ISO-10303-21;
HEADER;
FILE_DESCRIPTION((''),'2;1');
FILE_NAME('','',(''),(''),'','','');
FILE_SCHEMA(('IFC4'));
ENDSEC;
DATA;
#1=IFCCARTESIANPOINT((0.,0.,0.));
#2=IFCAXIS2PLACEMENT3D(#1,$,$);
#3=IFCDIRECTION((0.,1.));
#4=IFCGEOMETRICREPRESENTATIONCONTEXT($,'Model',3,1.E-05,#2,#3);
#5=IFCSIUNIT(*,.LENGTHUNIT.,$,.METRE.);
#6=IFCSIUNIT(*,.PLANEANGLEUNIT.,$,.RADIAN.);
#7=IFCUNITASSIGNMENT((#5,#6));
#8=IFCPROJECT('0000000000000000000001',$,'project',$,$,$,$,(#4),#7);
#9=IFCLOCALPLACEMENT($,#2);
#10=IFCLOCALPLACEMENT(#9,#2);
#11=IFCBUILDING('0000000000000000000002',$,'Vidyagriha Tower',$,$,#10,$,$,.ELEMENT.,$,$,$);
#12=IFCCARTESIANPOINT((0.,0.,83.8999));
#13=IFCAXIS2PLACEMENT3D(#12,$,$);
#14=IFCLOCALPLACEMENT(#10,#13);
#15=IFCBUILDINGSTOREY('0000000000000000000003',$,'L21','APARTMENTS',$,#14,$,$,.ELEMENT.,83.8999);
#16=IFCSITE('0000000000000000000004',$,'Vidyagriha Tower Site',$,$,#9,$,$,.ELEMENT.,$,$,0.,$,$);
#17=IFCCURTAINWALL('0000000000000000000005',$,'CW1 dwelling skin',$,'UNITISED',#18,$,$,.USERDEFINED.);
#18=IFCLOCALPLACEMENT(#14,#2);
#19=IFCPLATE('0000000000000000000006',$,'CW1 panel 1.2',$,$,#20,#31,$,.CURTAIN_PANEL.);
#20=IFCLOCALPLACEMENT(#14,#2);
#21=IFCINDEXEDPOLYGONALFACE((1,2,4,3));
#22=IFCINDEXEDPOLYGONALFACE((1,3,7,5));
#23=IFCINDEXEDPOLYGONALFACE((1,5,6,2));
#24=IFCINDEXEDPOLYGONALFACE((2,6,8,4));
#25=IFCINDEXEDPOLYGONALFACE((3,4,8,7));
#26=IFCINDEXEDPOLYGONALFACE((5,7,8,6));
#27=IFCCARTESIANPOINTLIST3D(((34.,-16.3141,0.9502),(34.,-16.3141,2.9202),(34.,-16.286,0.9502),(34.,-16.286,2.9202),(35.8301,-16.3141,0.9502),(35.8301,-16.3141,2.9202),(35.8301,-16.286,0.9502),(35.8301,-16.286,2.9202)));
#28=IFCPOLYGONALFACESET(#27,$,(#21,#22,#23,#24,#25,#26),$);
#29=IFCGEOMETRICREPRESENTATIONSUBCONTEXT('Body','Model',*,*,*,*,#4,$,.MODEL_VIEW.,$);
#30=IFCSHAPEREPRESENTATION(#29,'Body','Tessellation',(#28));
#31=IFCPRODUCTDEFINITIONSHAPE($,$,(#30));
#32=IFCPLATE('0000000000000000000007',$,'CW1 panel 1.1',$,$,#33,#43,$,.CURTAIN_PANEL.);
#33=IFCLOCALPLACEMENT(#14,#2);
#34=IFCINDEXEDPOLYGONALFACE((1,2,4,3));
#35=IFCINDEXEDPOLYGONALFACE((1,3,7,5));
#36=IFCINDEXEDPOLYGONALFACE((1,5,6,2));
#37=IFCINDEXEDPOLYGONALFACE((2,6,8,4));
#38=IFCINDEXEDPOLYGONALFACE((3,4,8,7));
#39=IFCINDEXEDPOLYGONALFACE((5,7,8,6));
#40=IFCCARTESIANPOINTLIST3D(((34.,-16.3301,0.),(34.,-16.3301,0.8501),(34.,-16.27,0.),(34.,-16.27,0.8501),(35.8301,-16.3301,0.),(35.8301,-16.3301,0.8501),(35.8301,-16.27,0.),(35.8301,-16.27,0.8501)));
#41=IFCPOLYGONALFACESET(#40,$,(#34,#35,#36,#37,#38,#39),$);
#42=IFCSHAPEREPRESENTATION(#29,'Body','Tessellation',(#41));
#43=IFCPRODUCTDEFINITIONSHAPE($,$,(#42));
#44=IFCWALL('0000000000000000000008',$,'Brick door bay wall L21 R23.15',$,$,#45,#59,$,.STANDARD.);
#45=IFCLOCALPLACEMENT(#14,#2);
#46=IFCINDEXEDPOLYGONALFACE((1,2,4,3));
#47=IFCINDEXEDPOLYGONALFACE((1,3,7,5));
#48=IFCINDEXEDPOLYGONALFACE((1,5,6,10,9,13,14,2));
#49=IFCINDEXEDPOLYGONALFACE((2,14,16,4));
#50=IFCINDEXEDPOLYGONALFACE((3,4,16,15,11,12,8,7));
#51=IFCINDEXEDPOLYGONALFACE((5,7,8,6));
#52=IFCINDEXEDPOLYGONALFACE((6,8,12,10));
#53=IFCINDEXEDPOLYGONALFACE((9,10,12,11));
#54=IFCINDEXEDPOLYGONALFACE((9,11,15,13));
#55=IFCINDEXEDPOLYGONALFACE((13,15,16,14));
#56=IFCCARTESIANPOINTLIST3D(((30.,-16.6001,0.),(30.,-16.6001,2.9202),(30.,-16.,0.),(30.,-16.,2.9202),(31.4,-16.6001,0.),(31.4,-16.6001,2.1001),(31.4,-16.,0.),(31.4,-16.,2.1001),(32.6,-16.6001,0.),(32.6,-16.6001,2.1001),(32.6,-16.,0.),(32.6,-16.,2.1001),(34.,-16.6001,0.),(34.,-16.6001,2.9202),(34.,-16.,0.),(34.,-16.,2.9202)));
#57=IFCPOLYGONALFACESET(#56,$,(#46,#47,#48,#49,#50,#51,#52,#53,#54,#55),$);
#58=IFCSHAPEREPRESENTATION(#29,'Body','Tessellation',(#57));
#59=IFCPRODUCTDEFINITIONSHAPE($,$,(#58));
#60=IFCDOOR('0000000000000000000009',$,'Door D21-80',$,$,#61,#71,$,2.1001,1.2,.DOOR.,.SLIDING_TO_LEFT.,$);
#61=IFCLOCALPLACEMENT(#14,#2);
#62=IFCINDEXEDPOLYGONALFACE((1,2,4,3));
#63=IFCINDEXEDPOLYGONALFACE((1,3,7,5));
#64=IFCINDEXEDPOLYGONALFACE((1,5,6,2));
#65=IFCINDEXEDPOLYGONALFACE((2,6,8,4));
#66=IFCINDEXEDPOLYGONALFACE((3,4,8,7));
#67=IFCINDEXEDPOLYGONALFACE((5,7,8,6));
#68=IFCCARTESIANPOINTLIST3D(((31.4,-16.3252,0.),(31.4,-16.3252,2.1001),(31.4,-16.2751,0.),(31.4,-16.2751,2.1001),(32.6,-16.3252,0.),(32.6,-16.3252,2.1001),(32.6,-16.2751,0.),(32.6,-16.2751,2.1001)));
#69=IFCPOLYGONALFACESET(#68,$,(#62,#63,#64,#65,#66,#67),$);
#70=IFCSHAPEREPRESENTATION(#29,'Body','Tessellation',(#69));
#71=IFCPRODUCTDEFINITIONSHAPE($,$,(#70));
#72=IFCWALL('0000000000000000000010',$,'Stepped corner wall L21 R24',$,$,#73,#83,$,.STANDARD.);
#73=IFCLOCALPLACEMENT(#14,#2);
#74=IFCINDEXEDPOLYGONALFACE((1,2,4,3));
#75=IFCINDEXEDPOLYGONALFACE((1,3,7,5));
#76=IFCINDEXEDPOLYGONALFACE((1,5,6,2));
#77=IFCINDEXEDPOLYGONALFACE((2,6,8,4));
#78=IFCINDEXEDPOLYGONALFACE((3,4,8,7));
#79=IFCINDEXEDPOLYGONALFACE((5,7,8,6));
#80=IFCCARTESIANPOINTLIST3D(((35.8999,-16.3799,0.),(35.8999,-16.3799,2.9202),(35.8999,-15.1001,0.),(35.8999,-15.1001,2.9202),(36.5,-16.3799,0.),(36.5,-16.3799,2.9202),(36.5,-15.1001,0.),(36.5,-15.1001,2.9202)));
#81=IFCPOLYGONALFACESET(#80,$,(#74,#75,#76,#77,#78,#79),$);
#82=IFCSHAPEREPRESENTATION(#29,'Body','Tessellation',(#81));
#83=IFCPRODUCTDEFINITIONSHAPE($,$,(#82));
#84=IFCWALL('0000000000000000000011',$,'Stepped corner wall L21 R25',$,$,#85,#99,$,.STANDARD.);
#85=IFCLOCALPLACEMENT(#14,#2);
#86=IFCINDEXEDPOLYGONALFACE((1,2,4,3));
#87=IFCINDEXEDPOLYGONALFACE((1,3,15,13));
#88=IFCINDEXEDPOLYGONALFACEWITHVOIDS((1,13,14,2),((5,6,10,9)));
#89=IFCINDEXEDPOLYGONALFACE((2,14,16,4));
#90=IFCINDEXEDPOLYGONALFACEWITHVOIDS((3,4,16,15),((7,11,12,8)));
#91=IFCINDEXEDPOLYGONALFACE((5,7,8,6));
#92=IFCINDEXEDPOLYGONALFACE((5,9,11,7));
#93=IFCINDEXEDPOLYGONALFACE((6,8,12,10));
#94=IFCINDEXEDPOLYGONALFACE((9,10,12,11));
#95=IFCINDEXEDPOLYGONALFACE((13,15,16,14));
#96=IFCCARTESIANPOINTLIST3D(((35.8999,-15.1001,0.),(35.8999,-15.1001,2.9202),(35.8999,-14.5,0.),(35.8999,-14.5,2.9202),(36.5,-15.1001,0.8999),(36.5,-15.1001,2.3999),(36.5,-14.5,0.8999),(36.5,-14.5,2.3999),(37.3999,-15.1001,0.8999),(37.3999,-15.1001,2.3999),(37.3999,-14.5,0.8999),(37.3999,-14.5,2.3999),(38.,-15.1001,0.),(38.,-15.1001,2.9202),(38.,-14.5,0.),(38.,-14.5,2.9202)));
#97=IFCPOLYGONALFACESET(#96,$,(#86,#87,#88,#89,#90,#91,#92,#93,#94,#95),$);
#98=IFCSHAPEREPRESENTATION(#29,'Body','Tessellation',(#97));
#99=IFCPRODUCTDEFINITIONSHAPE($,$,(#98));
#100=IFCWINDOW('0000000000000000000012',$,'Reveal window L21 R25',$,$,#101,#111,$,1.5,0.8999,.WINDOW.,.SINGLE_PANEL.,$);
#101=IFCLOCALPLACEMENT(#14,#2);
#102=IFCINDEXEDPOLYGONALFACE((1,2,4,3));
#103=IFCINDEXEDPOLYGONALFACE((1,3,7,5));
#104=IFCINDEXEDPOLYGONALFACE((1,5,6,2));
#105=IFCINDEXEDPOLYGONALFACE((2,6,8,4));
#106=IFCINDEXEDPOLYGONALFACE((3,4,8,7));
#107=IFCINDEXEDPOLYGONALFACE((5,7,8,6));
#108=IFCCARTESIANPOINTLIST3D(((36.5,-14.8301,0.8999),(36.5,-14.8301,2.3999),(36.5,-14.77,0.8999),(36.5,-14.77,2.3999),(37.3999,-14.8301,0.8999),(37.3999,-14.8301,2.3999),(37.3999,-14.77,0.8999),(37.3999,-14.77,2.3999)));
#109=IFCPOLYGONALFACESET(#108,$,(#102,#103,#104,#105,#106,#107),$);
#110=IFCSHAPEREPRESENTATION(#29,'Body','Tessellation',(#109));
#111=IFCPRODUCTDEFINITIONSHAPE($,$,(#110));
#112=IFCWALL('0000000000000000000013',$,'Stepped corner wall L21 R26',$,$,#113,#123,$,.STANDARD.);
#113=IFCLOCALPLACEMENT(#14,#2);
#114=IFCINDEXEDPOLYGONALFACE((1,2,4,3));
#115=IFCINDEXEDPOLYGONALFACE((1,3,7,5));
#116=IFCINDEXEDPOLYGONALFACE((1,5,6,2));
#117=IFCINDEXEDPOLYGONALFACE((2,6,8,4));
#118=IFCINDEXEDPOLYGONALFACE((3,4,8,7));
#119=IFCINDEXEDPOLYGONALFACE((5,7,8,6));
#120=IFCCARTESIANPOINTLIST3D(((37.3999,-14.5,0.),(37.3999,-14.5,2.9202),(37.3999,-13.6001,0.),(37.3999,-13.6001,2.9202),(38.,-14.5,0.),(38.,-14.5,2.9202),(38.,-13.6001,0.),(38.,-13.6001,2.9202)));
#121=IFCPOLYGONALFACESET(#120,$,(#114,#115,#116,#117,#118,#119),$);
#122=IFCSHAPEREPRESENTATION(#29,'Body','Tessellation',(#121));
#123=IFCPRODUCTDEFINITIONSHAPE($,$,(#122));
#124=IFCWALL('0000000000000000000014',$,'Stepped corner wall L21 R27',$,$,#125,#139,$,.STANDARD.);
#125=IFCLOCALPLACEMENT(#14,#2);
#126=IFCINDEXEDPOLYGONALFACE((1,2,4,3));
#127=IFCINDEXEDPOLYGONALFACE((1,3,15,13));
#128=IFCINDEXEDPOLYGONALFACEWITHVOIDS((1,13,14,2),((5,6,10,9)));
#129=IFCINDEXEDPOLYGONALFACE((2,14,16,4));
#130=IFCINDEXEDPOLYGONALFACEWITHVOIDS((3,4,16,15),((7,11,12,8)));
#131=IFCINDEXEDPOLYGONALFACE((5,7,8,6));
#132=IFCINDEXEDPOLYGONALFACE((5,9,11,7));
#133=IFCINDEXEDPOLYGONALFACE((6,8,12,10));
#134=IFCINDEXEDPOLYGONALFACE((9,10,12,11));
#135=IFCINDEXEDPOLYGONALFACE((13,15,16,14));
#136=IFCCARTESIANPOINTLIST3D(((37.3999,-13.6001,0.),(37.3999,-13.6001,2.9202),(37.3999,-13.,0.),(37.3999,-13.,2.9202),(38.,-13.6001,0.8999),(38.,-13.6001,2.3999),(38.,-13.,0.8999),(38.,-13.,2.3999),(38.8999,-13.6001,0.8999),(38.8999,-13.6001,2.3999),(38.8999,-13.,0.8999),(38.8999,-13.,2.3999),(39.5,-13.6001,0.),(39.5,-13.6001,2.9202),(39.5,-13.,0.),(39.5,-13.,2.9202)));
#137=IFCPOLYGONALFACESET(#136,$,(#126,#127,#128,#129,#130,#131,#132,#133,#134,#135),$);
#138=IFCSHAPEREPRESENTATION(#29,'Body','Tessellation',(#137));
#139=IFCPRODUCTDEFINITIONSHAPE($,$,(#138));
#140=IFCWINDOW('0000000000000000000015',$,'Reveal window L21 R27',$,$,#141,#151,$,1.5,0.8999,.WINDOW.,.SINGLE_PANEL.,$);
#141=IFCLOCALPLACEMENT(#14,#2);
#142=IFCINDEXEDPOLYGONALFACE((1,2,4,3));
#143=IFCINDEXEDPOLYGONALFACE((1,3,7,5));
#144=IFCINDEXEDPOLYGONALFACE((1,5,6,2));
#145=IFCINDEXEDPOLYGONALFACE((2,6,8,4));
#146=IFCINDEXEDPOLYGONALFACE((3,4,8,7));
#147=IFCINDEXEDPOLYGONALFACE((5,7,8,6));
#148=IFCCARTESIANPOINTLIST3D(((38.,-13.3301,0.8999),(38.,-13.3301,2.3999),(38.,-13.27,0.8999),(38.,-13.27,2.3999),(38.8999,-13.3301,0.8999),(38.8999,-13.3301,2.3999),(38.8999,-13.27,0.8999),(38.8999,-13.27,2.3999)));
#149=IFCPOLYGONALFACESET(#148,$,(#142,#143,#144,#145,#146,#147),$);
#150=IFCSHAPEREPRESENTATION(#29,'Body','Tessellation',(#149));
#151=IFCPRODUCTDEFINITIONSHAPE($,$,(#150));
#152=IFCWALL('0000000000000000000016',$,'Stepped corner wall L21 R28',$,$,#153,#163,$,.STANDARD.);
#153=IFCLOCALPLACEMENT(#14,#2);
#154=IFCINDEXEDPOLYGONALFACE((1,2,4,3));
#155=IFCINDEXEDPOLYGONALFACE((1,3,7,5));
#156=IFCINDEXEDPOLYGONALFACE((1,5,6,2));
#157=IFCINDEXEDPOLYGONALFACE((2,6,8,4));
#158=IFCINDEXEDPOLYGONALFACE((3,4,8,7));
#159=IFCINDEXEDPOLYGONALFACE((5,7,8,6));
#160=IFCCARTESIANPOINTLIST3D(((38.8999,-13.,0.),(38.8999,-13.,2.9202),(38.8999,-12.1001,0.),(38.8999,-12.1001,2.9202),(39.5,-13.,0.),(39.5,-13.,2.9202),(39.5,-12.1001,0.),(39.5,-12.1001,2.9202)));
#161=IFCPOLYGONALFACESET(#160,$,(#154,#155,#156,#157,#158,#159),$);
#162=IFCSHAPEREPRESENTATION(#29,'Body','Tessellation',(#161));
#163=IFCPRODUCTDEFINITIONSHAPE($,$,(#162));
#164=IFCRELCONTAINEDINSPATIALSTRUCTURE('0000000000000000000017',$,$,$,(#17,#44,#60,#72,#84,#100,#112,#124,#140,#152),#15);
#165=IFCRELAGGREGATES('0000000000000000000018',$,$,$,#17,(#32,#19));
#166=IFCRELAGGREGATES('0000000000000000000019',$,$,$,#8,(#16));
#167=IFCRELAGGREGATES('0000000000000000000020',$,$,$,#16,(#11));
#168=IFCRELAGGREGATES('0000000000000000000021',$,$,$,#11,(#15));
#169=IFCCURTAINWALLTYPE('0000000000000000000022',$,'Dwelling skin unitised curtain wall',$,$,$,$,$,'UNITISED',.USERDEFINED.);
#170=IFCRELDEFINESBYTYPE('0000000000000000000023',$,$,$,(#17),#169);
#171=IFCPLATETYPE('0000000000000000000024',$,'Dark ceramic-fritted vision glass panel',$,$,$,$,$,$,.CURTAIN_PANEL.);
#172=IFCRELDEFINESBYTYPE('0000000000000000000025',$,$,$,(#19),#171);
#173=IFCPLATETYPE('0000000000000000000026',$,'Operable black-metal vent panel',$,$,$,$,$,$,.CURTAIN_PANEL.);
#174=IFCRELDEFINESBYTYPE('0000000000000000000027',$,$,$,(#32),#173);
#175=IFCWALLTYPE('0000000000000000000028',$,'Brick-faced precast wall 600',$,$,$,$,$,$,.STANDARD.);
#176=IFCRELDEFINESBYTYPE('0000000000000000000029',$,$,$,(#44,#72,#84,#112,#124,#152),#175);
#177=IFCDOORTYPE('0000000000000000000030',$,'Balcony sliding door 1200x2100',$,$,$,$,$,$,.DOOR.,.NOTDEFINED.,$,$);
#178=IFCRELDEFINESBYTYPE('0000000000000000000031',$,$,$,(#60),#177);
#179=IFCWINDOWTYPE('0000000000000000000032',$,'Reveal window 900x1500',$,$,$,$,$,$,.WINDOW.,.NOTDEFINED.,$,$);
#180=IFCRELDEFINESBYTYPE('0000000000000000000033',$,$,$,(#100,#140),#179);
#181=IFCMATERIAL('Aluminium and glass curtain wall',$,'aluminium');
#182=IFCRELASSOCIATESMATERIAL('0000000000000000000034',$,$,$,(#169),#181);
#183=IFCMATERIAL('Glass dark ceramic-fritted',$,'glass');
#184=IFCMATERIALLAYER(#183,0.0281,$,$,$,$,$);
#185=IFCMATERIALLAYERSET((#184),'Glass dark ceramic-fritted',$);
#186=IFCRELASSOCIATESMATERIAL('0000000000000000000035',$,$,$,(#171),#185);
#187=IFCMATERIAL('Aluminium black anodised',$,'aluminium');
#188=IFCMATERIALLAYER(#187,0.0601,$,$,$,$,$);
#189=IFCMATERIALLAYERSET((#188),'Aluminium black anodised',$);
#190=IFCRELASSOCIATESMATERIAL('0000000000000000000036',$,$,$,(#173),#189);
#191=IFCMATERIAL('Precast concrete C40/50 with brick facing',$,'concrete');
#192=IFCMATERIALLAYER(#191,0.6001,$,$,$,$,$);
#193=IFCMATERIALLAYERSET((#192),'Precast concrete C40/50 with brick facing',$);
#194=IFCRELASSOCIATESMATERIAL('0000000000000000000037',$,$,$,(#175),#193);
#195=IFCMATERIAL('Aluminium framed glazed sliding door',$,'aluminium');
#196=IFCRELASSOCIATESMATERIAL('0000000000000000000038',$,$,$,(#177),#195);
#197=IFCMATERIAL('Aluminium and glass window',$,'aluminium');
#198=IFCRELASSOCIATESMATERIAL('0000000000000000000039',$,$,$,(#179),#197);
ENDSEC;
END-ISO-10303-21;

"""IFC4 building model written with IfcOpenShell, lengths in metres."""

from ifc_helpers import new_model, si_unit, direction, frame, frame_2d, origin, origin_2d, place, context, subcontext, project, spatial, rectangle, extrude, material, layer, layer_set, type_object, element, fill, aggregate, save


model = new_model("IFC4")

# Units and contexts
model_context = context("Model", 3, precision=1e-05, world=origin(), true_north=direction((0.0, 1.0)))
body_context = subcontext(model_context, "Body", "Model", "MODEL_VIEW")
ifc_project = project(units=[si_unit("LENGTHUNIT", "METRE"), si_unit("PLANEANGLEUNIT", "RADIAN")], contexts=[model_context])

# Site, building, storey
site_placement = place(None, origin())
site = spatial("IfcSite", under=ifc_project, at=site_placement, Name="Vidyagriha Tower Site", CompositionType="ELEMENT", RefElevation=0.0)
building_placement = place(site_placement, origin())
building = spatial("IfcBuilding", under=site, at=building_placement, Name="Vidyagriha Tower", CompositionType="ELEMENT")
storey_placement = place(building_placement, frame((0.0, 0.0, 83.8999)))
storey = spatial("IfcBuildingStorey", under=building, at=storey_placement, Name="L21", Description="APARTMENTS", CompositionType="ELEMENT", Elevation=83.8999)

# Curtain wall
ifc_material_1 = material(Name="Aluminium and glass curtain wall", Category="aluminium")
curtain_wall_type = type_object("IfcCurtainWallType", Name="Dwelling skin unitised curtain wall", ElementType="UNITISED", PredefinedType="USERDEFINED", material=ifc_material_1)
curtain_wall_1_placement = place(storey_placement, origin())
curtain_wall_1 = element("IfcCurtainWall", 1, at=curtain_wall_1_placement, inside=storey, type_object=curtain_wall_type, Name="CW1 dwelling skin", ObjectType="UNITISED", PredefinedType="USERDEFINED")

# Shared definitions
ifc_material_2 = material(Name="Glass dark ceramic-fritted", Category="glass")
ifc_layer_1 = layer(ifc_material_2, 0.0281)
ifc_layer_set_1 = layer_set([ifc_layer_1], Name="Glass dark ceramic-fritted")
plate_type_1 = type_object("IfcPlateType", Name="Dark ceramic-fritted vision glass panel", PredefinedType="CURTAIN_PANEL", material=ifc_layer_set_1)

# Plates
plate_1_placement = place(storey_placement, frame((34.915, -16.3, 0.9502)))
plate_1 = element("IfcPlate", 2, at=plate_1_placement, type_object=plate_type_1, Name="CW1 panel 1.2", PredefinedType="CURTAIN_PANEL", context=body_context, shape_type="SweptSolid", body=[
    extrude(rectangle(XDim=1.8301, YDim=0.0281, at=origin_2d()), origin(), (0.0, 0.0, 1.0), 1.97),
])
ifc_material_3 = material(Name="Aluminium black anodised", Category="aluminium")
ifc_layer_2 = layer(ifc_material_3, 0.0601)
ifc_layer_set_2 = layer_set([ifc_layer_2], Name="Aluminium black anodised")
plate_type_2 = type_object("IfcPlateType", Name="Operable black-metal vent panel", PredefinedType="CURTAIN_PANEL", material=ifc_layer_set_2)
plate_2_placement = place(storey_placement, frame((34.915, -16.3, 0.0)))
plate_2 = element("IfcPlate", 3, at=plate_2_placement, type_object=plate_type_2, Name="CW1 panel 1.1", PredefinedType="CURTAIN_PANEL", context=body_context, shape_type="SweptSolid", body=[
    extrude(rectangle(XDim=1.8301, YDim=0.0601, at=origin_2d()), origin(), (0.0, 0.0, 1.0), 0.8501),
])
aggregate(curtain_wall_1, [plate_2, plate_1])

# Wall, opening, door
ifc_material_4 = material(Name="Precast concrete C40/50 with brick facing", Category="concrete")
ifc_layer_3 = layer(ifc_material_4, 0.6001)
ifc_layer_set_3 = layer_set([ifc_layer_3], Name="Precast concrete C40/50 with brick facing")
wall_type = type_object("IfcWallType", Name="Brick-faced precast wall 600", PredefinedType="STANDARD", material=ifc_layer_set_3)
wall_1_placement = place(storey_placement, frame((30.0, -16.3, 0.0)))
wall_1 = element("IfcWall", 4, at=wall_1_placement, inside=storey, type_object=wall_type, Name="Brick door bay wall L21 R23.15", PredefinedType="STANDARD", context=body_context, shape_type="SweptSolid", body=[
    extrude(rectangle(XDim=4.0, YDim=0.6001, at=frame_2d((2.0, 0.0))), origin(), (0.0, 0.0, 1.0), 2.9202),
])
opening_1_placement = place(wall_1_placement, frame((1.3999, 0.0, 0.0)))
opening_1 = element("IfcOpeningElement", 5, at=opening_1_placement, cuts=wall_1, PredefinedType="OPENING", context=body_context, shape_type="SweptSolid", body=[
    extrude(rectangle(XDim=1.2, YDim=2.1001, at=frame_2d((0.6001, 1.05))), frame((0.0, 0.3101, 0.0), z_axis=(0.0, -1.0, 0.0), x_axis=(1.0, 0.0, 0.0)), (0.0, 0.0, 1.0), 0.6201),
])
ifc_material_5 = material(Name="Aluminium framed glazed sliding door", Category="aluminium")
door_type = type_object("IfcDoorType", Name="Balcony sliding door 1200x2100", OperationType="NOTDEFINED", PredefinedType="DOOR", material=ifc_material_5)
door_placement = place(opening_1_placement, origin())
door = element("IfcDoor", 6, at=door_placement, inside=storey, type_object=door_type, Name="Door D21-80", OperationType="SLIDING_TO_LEFT", OverallHeight=2.1001, OverallWidth=1.2, PredefinedType="DOOR", context=body_context, shape_type="SweptSolid", body=[
    extrude(rectangle(XDim=1.2, YDim=2.1001, at=frame_2d((0.6001, 1.05))), frame((0.0, 0.0249, 0.0), z_axis=(0.0, -1.0, 0.0), x_axis=(1.0, 0.0, 0.0)), (0.0, 0.0, 1.0), 0.05),
])
fill(opening_1, door)

# Wall
wall_2_placement = place(storey_placement, frame((36.2, -16.3799, 0.0), z_axis=(0.0, 0.0, 1.0), x_axis=(0.0, 1.0, 0.0)))
element("IfcWall", 7, at=wall_2_placement, inside=storey, type_object=wall_type, Name="Stepped corner wall L21 R24", PredefinedType="STANDARD", context=body_context, shape_type="SweptSolid", body=[
    extrude(rectangle(XDim=1.2798, YDim=0.6001, at=frame_2d((0.6399, 0.0))), origin(), (0.0, 0.0, 1.0), 2.9202),
])

# Wall, opening, window
wall_3_placement = place(storey_placement, frame((35.8999, -14.8, 0.0)))
wall_3 = element("IfcWall", 8, at=wall_3_placement, inside=storey, type_object=wall_type, Name="Stepped corner wall L21 R25", PredefinedType="STANDARD", context=body_context, shape_type="SweptSolid", body=[
    extrude(rectangle(XDim=2.1001, YDim=0.6001, at=frame_2d((1.05, 0.0))), origin(), (0.0, 0.0, 1.0), 2.9202),
])
opening_2_placement = place(wall_3_placement, frame((0.6001, 0.0, 0.8999)))
opening_2 = element("IfcOpeningElement", 9, at=opening_2_placement, cuts=wall_3, PredefinedType="OPENING", context=body_context, shape_type="SweptSolid", body=[
    extrude(rectangle(XDim=0.8999, YDim=1.5, at=frame_2d((0.45, 0.75))), frame((0.0, 0.3101, 0.0), z_axis=(0.0, -1.0, 0.0), x_axis=(1.0, 0.0, 0.0)), (0.0, 0.0, 1.0), 0.6201),
])
ifc_material_6 = material(Name="Aluminium and glass window", Category="aluminium")
window_type = type_object("IfcWindowType", Name="Reveal window 900x1500", PartitioningType="NOTDEFINED", PredefinedType="WINDOW", material=ifc_material_6)
window_1_placement = place(opening_2_placement, origin())
window_1 = element("IfcWindow", 10, at=window_1_placement, inside=storey, type_object=window_type, Name="Reveal window L21 R25", OverallHeight=1.5, OverallWidth=0.8999, PartitioningType="SINGLE_PANEL", PredefinedType="WINDOW", context=body_context, shape_type="SweptSolid", body=[
    extrude(rectangle(XDim=0.8999, YDim=1.5, at=frame_2d((0.45, 0.75))), frame((0.0, 0.03, 0.0), z_axis=(0.0, -1.0, 0.0), x_axis=(1.0, 0.0, 0.0)), (0.0, 0.0, 1.0), 0.0601),
])
fill(opening_2, window_1)

# Wall
wall_4_placement = place(storey_placement, frame((37.7, -14.5, 0.0), z_axis=(0.0, 0.0, 1.0), x_axis=(0.0, 1.0, 0.0)))
element("IfcWall", 11, at=wall_4_placement, inside=storey, type_object=wall_type, Name="Stepped corner wall L21 R26", PredefinedType="STANDARD", context=body_context, shape_type="SweptSolid", body=[
    extrude(rectangle(XDim=0.8999, YDim=0.6001, at=frame_2d((0.45, 0.0))), origin(), (0.0, 0.0, 1.0), 2.9202),
])

# Wall, opening, window
wall_5_placement = place(storey_placement, frame((37.3999, -13.3, 0.0)))
wall_5 = element("IfcWall", 12, at=wall_5_placement, inside=storey, type_object=wall_type, Name="Stepped corner wall L21 R27", PredefinedType="STANDARD", context=body_context, shape_type="SweptSolid", body=[
    extrude(rectangle(XDim=2.1001, YDim=0.6001, at=frame_2d((1.05, 0.0))), origin(), (0.0, 0.0, 1.0), 2.9202),
])
opening_3_placement = place(wall_5_placement, frame((0.6001, 0.0, 0.8999)))
opening_3 = element("IfcOpeningElement", 13, at=opening_3_placement, cuts=wall_5, PredefinedType="OPENING", context=body_context, shape_type="SweptSolid", body=[
    extrude(rectangle(XDim=0.8999, YDim=1.5, at=frame_2d((0.45, 0.75))), frame((0.0, 0.3101, 0.0), z_axis=(0.0, -1.0, 0.0), x_axis=(1.0, 0.0, 0.0)), (0.0, 0.0, 1.0), 0.6201),
])
window_2_placement = place(opening_3_placement, origin())
window_2 = element("IfcWindow", 14, at=window_2_placement, inside=storey, type_object=window_type, Name="Reveal window L21 R27", OverallHeight=1.5, OverallWidth=0.8999, PartitioningType="SINGLE_PANEL", PredefinedType="WINDOW", context=body_context, shape_type="SweptSolid", body=[
    extrude(rectangle(XDim=0.8999, YDim=1.5, at=frame_2d((0.45, 0.75))), frame((0.0, 0.03, 0.0), z_axis=(0.0, -1.0, 0.0), x_axis=(1.0, 0.0, 0.0)), (0.0, 0.0, 1.0), 0.0601),
])
fill(opening_3, window_2)

# Wall
wall_6_placement = place(storey_placement, frame((39.2, -13.0, 0.0), z_axis=(0.0, 0.0, 1.0), x_axis=(0.0, 1.0, 0.0)))
element("IfcWall", 15, at=wall_6_placement, inside=storey, type_object=wall_type, Name="Stepped corner wall L21 R28", PredefinedType="STANDARD", context=body_context, shape_type="SweptSolid", body=[
    extrude(rectangle(XDim=0.8999, YDim=0.6001, at=frame_2d((0.45, 0.0))), origin(), (0.0, 0.0, 1.0), 2.9202),
])

save(model, "model.ifc")
